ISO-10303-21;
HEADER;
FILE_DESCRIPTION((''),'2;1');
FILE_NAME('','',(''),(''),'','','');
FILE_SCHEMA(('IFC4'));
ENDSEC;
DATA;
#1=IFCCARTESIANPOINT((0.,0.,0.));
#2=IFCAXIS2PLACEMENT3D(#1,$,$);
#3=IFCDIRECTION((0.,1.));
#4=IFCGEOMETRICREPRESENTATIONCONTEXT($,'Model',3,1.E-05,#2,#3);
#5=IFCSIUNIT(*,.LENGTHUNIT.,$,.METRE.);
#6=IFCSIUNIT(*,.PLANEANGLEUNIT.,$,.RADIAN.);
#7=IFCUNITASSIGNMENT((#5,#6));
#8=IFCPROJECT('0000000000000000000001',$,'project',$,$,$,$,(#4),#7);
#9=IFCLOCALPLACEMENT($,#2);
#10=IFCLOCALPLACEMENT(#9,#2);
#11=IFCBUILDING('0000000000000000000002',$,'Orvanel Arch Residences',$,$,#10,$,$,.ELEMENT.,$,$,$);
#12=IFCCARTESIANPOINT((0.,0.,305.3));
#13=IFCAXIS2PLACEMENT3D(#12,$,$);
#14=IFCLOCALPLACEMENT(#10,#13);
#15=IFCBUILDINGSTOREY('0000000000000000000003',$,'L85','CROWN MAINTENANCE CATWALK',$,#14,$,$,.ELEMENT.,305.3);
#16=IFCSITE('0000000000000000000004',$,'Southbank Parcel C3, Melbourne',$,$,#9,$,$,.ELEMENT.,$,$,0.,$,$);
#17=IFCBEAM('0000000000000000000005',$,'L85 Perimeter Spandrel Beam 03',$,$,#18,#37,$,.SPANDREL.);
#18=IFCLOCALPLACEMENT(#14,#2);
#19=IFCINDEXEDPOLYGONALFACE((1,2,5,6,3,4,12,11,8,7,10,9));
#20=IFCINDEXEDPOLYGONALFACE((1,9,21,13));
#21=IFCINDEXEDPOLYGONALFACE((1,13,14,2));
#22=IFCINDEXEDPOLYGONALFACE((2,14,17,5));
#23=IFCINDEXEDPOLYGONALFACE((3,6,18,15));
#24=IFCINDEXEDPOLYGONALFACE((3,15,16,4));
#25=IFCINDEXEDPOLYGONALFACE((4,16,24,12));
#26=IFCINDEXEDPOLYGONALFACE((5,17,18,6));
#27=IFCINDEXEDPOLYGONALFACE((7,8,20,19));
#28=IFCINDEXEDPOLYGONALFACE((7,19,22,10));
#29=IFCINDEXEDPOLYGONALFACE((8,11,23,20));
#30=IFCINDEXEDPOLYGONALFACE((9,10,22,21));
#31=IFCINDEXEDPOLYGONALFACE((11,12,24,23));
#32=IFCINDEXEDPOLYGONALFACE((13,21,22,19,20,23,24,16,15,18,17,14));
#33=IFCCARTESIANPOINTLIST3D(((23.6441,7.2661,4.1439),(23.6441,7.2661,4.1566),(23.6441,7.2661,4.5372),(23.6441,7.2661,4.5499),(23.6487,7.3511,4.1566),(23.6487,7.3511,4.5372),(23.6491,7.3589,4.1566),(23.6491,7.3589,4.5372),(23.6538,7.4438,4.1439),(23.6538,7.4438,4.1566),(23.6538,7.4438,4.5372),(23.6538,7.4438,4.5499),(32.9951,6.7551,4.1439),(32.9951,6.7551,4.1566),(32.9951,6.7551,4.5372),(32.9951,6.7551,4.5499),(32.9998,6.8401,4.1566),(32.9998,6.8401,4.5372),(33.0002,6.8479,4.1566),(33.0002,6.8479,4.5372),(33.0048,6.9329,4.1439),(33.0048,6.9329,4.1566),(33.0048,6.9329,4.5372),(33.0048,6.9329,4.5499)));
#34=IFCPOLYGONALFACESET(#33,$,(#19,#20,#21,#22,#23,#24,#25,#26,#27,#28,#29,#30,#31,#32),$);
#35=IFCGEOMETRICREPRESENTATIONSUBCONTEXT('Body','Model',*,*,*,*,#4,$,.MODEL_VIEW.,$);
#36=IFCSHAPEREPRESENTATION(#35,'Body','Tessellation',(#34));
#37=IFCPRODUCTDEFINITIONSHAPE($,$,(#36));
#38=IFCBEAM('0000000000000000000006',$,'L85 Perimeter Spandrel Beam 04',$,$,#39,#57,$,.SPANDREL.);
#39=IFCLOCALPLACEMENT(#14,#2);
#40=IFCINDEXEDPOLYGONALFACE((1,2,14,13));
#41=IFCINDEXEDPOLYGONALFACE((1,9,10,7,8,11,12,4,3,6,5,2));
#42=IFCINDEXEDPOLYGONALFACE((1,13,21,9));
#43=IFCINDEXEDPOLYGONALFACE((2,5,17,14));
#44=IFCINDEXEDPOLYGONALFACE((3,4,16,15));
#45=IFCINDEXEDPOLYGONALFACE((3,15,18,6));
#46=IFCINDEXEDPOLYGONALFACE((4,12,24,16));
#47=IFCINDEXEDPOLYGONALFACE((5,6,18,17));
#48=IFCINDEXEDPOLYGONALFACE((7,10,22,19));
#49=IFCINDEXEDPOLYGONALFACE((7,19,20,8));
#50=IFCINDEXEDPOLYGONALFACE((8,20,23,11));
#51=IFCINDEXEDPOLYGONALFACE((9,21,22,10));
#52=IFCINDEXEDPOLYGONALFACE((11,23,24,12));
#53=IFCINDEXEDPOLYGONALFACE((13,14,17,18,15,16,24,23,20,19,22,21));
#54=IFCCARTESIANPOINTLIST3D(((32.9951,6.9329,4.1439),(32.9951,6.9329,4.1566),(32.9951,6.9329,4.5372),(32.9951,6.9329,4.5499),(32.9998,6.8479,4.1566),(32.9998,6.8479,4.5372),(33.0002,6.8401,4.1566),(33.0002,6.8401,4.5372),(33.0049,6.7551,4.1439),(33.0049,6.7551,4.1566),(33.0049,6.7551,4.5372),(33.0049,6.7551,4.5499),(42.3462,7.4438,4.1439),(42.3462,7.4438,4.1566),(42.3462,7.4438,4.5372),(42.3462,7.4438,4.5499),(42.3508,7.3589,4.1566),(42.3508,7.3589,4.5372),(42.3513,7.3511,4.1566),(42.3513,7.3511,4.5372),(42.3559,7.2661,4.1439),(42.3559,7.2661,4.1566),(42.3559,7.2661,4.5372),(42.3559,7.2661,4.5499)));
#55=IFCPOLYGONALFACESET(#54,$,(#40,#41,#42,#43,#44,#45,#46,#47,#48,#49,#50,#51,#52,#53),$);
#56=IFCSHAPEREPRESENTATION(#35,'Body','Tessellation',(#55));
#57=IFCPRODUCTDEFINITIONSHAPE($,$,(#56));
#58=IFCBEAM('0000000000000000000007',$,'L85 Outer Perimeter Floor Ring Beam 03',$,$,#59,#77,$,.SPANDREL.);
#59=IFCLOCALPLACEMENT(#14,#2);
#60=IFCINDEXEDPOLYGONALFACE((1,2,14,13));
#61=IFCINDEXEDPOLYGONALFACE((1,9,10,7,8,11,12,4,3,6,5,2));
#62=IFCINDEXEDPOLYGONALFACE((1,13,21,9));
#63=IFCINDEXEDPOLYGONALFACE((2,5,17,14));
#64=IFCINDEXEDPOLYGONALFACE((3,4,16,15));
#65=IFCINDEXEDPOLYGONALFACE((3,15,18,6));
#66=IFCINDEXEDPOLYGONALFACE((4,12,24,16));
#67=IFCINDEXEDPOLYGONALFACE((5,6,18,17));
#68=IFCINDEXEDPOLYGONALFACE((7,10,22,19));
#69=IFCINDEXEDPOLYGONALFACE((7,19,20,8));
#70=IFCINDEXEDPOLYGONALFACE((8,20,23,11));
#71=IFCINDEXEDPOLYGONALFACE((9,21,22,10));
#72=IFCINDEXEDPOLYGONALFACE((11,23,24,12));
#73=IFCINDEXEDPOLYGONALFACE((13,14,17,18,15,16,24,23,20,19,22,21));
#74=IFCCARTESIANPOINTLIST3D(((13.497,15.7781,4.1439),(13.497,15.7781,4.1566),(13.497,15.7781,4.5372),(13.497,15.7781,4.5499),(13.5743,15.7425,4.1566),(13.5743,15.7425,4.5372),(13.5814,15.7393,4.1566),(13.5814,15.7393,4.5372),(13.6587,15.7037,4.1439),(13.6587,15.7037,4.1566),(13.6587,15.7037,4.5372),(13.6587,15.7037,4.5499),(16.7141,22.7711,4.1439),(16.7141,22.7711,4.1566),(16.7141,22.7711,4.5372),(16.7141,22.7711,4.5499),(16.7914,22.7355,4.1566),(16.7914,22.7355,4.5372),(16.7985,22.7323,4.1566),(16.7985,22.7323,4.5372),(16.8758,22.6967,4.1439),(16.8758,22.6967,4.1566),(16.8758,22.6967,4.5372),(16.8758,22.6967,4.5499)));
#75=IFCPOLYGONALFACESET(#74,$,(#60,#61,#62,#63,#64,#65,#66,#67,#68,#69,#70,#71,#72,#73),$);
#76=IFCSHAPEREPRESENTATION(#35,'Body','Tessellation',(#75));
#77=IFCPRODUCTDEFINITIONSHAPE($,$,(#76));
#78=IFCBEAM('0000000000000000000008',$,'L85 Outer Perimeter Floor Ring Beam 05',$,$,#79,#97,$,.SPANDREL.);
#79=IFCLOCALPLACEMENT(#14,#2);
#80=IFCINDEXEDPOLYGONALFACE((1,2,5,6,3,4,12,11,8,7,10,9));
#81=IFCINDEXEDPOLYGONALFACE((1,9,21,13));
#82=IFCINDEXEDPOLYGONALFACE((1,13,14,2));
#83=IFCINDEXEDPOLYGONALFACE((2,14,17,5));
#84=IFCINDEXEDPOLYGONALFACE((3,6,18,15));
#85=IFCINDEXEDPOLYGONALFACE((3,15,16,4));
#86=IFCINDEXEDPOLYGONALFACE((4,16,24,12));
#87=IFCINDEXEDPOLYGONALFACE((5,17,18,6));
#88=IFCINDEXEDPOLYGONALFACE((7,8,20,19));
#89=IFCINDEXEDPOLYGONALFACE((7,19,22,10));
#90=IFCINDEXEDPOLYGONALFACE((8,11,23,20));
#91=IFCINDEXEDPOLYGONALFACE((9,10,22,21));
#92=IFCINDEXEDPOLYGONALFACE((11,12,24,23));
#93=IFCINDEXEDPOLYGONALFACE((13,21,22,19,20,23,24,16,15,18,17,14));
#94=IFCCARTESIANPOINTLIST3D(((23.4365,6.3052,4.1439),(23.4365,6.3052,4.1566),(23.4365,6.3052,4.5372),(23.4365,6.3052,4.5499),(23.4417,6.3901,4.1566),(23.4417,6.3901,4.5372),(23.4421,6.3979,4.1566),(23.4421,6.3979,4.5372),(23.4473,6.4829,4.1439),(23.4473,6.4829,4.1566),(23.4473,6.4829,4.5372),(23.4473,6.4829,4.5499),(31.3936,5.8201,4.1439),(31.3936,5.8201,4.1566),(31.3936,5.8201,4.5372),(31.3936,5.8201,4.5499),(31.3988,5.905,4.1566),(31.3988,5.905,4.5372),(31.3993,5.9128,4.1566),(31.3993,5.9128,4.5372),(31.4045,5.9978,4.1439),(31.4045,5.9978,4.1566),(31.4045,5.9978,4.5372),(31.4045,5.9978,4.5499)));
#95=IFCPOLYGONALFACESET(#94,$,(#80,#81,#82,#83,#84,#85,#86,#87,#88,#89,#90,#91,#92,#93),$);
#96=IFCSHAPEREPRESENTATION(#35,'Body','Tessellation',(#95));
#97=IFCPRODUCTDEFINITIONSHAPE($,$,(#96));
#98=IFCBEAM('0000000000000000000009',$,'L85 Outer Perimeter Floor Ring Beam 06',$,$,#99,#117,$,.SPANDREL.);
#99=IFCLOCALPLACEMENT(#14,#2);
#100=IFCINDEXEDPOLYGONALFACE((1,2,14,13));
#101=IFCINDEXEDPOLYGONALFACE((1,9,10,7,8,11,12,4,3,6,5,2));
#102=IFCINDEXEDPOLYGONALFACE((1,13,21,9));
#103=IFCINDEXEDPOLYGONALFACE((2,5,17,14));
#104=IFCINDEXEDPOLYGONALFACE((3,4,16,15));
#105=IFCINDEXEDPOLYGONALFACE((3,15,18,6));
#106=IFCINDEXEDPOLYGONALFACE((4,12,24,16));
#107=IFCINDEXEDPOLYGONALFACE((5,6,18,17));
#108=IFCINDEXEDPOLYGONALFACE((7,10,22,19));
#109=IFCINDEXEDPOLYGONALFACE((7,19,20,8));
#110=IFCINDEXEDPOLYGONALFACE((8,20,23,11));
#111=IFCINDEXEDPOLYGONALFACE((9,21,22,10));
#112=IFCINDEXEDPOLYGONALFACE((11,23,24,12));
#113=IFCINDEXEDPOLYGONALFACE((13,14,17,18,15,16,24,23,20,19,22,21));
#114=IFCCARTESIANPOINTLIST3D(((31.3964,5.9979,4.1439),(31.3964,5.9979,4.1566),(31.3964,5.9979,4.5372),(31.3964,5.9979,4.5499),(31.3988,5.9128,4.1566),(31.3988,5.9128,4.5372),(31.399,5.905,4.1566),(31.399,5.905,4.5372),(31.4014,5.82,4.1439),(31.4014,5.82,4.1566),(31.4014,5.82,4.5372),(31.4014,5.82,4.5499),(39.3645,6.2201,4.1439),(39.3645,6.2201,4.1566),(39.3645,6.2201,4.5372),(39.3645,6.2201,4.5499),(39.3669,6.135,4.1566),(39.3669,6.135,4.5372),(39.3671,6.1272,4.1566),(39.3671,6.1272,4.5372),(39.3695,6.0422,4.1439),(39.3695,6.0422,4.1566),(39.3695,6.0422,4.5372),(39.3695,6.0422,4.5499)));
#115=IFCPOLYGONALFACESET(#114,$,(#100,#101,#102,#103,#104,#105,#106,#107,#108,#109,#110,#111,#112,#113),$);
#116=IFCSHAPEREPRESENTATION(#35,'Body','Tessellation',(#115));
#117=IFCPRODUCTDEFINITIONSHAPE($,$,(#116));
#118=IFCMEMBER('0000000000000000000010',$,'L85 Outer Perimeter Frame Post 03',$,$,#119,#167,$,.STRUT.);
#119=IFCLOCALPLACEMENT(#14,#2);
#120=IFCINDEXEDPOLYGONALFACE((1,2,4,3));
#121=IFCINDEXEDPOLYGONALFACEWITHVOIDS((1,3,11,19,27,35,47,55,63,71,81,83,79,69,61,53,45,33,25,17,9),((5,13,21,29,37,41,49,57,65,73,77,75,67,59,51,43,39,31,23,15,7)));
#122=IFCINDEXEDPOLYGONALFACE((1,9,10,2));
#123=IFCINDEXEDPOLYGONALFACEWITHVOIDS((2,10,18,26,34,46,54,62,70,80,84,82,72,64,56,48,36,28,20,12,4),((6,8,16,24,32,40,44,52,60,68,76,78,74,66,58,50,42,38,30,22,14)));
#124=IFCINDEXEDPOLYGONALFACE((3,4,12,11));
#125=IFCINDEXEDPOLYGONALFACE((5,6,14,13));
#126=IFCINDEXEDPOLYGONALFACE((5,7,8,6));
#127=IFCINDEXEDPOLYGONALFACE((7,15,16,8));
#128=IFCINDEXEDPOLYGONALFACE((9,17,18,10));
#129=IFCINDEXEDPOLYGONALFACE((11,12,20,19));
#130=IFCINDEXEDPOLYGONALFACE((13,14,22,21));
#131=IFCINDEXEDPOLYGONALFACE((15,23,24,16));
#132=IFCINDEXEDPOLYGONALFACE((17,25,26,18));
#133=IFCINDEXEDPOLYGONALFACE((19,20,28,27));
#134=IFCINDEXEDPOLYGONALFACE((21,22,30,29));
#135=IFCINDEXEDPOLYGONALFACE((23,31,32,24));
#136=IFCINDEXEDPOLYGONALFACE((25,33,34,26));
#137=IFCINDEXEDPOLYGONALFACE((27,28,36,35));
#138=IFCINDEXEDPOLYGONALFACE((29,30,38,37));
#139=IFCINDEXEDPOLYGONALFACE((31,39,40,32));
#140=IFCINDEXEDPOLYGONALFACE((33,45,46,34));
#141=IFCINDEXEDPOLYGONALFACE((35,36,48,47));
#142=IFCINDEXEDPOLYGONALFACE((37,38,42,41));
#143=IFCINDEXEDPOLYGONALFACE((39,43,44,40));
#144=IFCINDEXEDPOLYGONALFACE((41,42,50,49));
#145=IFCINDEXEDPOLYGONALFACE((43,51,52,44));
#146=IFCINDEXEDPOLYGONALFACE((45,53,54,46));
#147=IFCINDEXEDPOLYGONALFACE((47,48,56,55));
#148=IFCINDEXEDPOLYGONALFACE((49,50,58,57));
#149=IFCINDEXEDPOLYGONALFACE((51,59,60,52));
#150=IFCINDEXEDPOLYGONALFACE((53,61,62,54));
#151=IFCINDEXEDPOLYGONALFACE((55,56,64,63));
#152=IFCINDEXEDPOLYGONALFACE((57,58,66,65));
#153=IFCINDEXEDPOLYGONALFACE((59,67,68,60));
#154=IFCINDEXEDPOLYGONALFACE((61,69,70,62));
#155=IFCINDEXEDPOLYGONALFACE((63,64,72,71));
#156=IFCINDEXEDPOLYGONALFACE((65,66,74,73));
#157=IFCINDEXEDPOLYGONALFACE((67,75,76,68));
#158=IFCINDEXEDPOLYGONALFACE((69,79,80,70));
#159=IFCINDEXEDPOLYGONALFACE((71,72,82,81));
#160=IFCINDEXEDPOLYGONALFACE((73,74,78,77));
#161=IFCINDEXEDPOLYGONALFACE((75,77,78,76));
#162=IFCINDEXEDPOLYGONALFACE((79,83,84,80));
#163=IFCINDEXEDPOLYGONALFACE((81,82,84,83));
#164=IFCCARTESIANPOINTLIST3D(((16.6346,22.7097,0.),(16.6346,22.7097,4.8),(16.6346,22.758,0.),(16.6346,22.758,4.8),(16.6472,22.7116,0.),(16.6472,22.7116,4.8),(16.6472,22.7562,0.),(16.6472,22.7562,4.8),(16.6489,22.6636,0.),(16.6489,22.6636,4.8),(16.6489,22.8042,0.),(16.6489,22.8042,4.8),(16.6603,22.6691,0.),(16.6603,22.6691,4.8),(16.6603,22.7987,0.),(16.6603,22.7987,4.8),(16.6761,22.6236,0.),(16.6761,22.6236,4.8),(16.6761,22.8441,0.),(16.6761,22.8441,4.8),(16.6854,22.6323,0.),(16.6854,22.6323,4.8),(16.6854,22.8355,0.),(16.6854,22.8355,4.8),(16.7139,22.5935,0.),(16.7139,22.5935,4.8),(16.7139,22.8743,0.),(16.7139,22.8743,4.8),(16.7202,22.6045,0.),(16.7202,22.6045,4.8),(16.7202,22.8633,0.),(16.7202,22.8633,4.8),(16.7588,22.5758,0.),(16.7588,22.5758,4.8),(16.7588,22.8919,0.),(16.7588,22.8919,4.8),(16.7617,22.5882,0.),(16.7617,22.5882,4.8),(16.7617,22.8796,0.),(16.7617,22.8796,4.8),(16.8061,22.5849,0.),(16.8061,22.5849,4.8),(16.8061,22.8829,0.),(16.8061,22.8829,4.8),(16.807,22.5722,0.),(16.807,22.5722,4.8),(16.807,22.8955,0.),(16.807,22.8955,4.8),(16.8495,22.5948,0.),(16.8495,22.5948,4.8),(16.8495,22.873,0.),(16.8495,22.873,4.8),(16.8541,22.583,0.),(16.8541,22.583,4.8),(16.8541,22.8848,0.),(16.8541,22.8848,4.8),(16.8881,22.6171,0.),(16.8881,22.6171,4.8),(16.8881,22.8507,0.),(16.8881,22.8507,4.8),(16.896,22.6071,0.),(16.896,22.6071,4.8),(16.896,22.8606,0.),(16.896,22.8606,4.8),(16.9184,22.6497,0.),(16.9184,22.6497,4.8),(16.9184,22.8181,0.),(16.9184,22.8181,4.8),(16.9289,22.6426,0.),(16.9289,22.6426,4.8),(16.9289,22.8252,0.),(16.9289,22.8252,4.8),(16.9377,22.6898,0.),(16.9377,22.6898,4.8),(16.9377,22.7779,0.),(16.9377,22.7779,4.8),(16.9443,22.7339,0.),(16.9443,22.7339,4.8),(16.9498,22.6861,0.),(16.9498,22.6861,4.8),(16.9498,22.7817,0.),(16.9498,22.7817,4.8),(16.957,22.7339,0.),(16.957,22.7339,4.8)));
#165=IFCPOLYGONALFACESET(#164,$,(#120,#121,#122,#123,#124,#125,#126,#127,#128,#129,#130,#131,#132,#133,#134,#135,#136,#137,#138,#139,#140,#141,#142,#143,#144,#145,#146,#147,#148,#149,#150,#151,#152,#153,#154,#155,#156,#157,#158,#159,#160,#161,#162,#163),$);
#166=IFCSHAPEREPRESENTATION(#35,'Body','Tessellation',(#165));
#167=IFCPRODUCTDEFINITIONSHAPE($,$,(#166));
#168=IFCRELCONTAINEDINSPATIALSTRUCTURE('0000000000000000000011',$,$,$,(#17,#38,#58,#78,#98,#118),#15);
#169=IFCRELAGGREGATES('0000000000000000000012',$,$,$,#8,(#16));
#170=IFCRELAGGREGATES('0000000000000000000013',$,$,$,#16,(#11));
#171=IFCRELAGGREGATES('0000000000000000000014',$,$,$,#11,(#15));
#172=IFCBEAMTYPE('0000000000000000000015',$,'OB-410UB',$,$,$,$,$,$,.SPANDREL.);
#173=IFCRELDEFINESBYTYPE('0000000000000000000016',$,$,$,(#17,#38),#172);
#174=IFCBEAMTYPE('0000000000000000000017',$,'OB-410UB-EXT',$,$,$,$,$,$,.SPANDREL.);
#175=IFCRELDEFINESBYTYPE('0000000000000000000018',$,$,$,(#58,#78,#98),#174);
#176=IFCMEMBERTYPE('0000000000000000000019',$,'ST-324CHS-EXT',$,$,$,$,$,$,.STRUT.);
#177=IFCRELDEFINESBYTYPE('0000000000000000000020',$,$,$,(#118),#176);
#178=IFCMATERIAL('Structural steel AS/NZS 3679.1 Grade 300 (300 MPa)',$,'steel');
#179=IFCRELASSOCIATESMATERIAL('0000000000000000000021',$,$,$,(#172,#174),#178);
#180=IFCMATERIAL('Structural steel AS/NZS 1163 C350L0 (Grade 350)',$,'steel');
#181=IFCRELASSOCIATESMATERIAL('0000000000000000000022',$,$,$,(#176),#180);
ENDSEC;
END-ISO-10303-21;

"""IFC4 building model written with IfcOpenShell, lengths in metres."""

from ifc_helpers import new_model, si_unit, direction, frame, origin, origin_2d, place, context, subcontext, project, spatial, hollow_circle, i_section, extrude, material, material_profile, profile_set, type_object, element, save


model = new_model("IFC4")

# Units and contexts
model_context = context("Model", 3, precision=1e-05, world=origin(), true_north=direction((0.0, 1.0)))
body_context = subcontext(model_context, "Body", "Model", "MODEL_VIEW")
ifc_project = project(units=[si_unit("LENGTHUNIT", "METRE"), si_unit("PLANEANGLEUNIT", "RADIAN")], contexts=[model_context])

# Site, building, storey
site_placement = place(None, origin())
site = spatial("IfcSite", under=ifc_project, at=site_placement, Name="Southbank Parcel C3, Melbourne", CompositionType="ELEMENT", RefElevation=0.0)
building_placement = place(site_placement, origin())
building = spatial("IfcBuilding", under=site, at=building_placement, Name="Orvanel Arch Residences", CompositionType="ELEMENT")
storey_placement = place(building_placement, frame((0.0, 0.0, 305.3)))
storey = spatial("IfcBuildingStorey", under=building, at=storey_placement, Name="L85", Description="CROWN MAINTENANCE CATWALK", CompositionType="ELEMENT", Elevation=305.3)

# Shared definitions
ifc_material_1 = material(Name="Structural steel AS/NZS 1163 C350L0 (Grade 350)", Category="steel")

# Beams
ifc_material_2 = material(Name="Structural steel AS/NZS 3679.1 Grade 300 (300 MPa)", Category="steel")
ifc_material_profile_1 = material_profile(ifc_material_2, i_section(OverallWidth=0.178, OverallDepth=0.406, WebThickness=0.0078, FlangeThickness=0.0127, at=origin_2d()), Name="410UB59.7")
ifc_profile_set_1 = profile_set([ifc_material_profile_1], Name="Structural steel AS/NZS 3679.1 Grade 300 (300 MPa)")
beam_type_1 = type_object("IfcBeamType", Name="OB-410UB", PredefinedType="SPANDREL", material=ifc_profile_set_1)
for number, where, z_axis, x_axis, name in (
    (1, (23.6489, 7.355, 4.3469), (0.99851, -0.054563, 0.0), (0.054563, 0.99851, 0.0), "L85 Perimeter Spandrel Beam 03"),
    (2, (33.0, 6.844, 4.3469), (0.99851, 0.054563, 0.0), (-0.054563, 0.99851, 0.0), "L85 Perimeter Spandrel Beam 04"),
):
    element("IfcBeam", number, at=place(storey_placement, frame(where, z_axis=z_axis, x_axis=x_axis)), inside=storey, type_object=beam_type_1, Name=name, PredefinedType="SPANDREL", context=body_context, shape_type="SweptSolid", body=[
        extrude(i_section(OverallWidth=0.178, OverallDepth=0.406, WebThickness=0.0078, FlangeThickness=0.0127, at=origin_2d()), origin(), (0.0, 0.0, 1.0), 9.365),
    ])
ifc_material_profile_2 = material_profile(ifc_material_2, i_section(OverallWidth=0.178, OverallDepth=0.406, WebThickness=0.0078, FlangeThickness=0.0127, at=origin_2d()), Name="410UB59.7")
ifc_profile_set_2 = profile_set([ifc_material_profile_2], Name="Structural steel AS/NZS 3679.1 Grade 300 (300 MPa)")
beam_type_2 = type_object("IfcBeamType", Name="OB-410UB-EXT", PredefinedType="SPANDREL", material=ifc_profile_set_2)
beam_1_placement = place(storey_placement, frame((16.7949, 22.7339, 4.3469), z_axis=(-0.417938, -0.908476, 0.0), x_axis=(0.908476, -0.417938, 0.0)))
element("IfcBeam", 3, at=beam_1_placement, inside=storey, type_object=beam_type_2, Name="L85 Outer Perimeter Floor Ring Beam 03", PredefinedType="SPANDREL", context=body_context, shape_type="SweptSolid", body=[
    extrude(i_section(OverallWidth=0.178, OverallDepth=0.406, WebThickness=0.0078, FlangeThickness=0.0127, at=origin_2d()), origin(), (0.0, 0.0, 1.0), 7.6975),
])
beam_2_placement = place(storey_placement, frame((23.4419, 6.394, 4.3469), z_axis=(0.998147, -0.060853, 0.0), x_axis=(0.060853, 0.998147, 0.0)))
element("IfcBeam", 4, at=beam_2_placement, inside=storey, type_object=beam_type_2, Name="L85 Outer Perimeter Floor Ring Beam 05", PredefinedType="SPANDREL", context=body_context, shape_type="SweptSolid", body=[
    extrude(i_section(OverallWidth=0.178, OverallDepth=0.406, WebThickness=0.0078, FlangeThickness=0.0127, at=origin_2d()), origin(), (0.0, 0.0, 1.0), 7.9719),
])
beam_3_placement = place(storey_placement, frame((31.3989, 5.9089, 4.3469), z_axis=(0.999612, 0.027872, 0.0), x_axis=(-0.027872, 0.999612, 0.0)))
element("IfcBeam", 5, at=beam_3_placement, inside=storey, type_object=beam_type_2, Name="L85 Outer Perimeter Floor Ring Beam 06", PredefinedType="SPANDREL", context=body_context, shape_type="SweptSolid", body=[
    extrude(i_section(OverallWidth=0.178, OverallDepth=0.406, WebThickness=0.0078, FlangeThickness=0.0127, at=origin_2d()), origin(), (0.0, 0.0, 1.0), 7.9712),
])

# Member
ifc_material_profile_3 = material_profile(ifc_material_1, hollow_circle(Radius=0.1621, WallThickness=0.0127, at=origin_2d()), Name="CHS324x12.7")
ifc_profile_set_3 = profile_set([ifc_material_profile_3], Name="Structural steel AS/NZS 1163 C350L0 (Grade 350)")
member_type_1 = type_object("IfcMemberType", Name="ST-324CHS-EXT", PredefinedType="STRUT", material=ifc_profile_set_3)
for number, where, z_axis, x_axis, name in (
    (6, (16.7949, 22.7339, 0.0), (0.0, 0.0, 1.0), (1.0, 0.0, 0.0), "L85 Outer Perimeter Frame Post 03"),
):
    element("IfcMember", number, at=place(storey_placement, frame(where, z_axis=z_axis, x_axis=x_axis)), inside=storey, type_object=member_type_1, Name=name, PredefinedType="STRUT", context=body_context, shape_type="SweptSolid", body=[
        extrude(hollow_circle(Radius=0.1621, WallThickness=0.0127, at=origin_2d()), origin(), (0.0, 0.0, 1.0), 4.8),
    ])

save(model, "model.ifc")
